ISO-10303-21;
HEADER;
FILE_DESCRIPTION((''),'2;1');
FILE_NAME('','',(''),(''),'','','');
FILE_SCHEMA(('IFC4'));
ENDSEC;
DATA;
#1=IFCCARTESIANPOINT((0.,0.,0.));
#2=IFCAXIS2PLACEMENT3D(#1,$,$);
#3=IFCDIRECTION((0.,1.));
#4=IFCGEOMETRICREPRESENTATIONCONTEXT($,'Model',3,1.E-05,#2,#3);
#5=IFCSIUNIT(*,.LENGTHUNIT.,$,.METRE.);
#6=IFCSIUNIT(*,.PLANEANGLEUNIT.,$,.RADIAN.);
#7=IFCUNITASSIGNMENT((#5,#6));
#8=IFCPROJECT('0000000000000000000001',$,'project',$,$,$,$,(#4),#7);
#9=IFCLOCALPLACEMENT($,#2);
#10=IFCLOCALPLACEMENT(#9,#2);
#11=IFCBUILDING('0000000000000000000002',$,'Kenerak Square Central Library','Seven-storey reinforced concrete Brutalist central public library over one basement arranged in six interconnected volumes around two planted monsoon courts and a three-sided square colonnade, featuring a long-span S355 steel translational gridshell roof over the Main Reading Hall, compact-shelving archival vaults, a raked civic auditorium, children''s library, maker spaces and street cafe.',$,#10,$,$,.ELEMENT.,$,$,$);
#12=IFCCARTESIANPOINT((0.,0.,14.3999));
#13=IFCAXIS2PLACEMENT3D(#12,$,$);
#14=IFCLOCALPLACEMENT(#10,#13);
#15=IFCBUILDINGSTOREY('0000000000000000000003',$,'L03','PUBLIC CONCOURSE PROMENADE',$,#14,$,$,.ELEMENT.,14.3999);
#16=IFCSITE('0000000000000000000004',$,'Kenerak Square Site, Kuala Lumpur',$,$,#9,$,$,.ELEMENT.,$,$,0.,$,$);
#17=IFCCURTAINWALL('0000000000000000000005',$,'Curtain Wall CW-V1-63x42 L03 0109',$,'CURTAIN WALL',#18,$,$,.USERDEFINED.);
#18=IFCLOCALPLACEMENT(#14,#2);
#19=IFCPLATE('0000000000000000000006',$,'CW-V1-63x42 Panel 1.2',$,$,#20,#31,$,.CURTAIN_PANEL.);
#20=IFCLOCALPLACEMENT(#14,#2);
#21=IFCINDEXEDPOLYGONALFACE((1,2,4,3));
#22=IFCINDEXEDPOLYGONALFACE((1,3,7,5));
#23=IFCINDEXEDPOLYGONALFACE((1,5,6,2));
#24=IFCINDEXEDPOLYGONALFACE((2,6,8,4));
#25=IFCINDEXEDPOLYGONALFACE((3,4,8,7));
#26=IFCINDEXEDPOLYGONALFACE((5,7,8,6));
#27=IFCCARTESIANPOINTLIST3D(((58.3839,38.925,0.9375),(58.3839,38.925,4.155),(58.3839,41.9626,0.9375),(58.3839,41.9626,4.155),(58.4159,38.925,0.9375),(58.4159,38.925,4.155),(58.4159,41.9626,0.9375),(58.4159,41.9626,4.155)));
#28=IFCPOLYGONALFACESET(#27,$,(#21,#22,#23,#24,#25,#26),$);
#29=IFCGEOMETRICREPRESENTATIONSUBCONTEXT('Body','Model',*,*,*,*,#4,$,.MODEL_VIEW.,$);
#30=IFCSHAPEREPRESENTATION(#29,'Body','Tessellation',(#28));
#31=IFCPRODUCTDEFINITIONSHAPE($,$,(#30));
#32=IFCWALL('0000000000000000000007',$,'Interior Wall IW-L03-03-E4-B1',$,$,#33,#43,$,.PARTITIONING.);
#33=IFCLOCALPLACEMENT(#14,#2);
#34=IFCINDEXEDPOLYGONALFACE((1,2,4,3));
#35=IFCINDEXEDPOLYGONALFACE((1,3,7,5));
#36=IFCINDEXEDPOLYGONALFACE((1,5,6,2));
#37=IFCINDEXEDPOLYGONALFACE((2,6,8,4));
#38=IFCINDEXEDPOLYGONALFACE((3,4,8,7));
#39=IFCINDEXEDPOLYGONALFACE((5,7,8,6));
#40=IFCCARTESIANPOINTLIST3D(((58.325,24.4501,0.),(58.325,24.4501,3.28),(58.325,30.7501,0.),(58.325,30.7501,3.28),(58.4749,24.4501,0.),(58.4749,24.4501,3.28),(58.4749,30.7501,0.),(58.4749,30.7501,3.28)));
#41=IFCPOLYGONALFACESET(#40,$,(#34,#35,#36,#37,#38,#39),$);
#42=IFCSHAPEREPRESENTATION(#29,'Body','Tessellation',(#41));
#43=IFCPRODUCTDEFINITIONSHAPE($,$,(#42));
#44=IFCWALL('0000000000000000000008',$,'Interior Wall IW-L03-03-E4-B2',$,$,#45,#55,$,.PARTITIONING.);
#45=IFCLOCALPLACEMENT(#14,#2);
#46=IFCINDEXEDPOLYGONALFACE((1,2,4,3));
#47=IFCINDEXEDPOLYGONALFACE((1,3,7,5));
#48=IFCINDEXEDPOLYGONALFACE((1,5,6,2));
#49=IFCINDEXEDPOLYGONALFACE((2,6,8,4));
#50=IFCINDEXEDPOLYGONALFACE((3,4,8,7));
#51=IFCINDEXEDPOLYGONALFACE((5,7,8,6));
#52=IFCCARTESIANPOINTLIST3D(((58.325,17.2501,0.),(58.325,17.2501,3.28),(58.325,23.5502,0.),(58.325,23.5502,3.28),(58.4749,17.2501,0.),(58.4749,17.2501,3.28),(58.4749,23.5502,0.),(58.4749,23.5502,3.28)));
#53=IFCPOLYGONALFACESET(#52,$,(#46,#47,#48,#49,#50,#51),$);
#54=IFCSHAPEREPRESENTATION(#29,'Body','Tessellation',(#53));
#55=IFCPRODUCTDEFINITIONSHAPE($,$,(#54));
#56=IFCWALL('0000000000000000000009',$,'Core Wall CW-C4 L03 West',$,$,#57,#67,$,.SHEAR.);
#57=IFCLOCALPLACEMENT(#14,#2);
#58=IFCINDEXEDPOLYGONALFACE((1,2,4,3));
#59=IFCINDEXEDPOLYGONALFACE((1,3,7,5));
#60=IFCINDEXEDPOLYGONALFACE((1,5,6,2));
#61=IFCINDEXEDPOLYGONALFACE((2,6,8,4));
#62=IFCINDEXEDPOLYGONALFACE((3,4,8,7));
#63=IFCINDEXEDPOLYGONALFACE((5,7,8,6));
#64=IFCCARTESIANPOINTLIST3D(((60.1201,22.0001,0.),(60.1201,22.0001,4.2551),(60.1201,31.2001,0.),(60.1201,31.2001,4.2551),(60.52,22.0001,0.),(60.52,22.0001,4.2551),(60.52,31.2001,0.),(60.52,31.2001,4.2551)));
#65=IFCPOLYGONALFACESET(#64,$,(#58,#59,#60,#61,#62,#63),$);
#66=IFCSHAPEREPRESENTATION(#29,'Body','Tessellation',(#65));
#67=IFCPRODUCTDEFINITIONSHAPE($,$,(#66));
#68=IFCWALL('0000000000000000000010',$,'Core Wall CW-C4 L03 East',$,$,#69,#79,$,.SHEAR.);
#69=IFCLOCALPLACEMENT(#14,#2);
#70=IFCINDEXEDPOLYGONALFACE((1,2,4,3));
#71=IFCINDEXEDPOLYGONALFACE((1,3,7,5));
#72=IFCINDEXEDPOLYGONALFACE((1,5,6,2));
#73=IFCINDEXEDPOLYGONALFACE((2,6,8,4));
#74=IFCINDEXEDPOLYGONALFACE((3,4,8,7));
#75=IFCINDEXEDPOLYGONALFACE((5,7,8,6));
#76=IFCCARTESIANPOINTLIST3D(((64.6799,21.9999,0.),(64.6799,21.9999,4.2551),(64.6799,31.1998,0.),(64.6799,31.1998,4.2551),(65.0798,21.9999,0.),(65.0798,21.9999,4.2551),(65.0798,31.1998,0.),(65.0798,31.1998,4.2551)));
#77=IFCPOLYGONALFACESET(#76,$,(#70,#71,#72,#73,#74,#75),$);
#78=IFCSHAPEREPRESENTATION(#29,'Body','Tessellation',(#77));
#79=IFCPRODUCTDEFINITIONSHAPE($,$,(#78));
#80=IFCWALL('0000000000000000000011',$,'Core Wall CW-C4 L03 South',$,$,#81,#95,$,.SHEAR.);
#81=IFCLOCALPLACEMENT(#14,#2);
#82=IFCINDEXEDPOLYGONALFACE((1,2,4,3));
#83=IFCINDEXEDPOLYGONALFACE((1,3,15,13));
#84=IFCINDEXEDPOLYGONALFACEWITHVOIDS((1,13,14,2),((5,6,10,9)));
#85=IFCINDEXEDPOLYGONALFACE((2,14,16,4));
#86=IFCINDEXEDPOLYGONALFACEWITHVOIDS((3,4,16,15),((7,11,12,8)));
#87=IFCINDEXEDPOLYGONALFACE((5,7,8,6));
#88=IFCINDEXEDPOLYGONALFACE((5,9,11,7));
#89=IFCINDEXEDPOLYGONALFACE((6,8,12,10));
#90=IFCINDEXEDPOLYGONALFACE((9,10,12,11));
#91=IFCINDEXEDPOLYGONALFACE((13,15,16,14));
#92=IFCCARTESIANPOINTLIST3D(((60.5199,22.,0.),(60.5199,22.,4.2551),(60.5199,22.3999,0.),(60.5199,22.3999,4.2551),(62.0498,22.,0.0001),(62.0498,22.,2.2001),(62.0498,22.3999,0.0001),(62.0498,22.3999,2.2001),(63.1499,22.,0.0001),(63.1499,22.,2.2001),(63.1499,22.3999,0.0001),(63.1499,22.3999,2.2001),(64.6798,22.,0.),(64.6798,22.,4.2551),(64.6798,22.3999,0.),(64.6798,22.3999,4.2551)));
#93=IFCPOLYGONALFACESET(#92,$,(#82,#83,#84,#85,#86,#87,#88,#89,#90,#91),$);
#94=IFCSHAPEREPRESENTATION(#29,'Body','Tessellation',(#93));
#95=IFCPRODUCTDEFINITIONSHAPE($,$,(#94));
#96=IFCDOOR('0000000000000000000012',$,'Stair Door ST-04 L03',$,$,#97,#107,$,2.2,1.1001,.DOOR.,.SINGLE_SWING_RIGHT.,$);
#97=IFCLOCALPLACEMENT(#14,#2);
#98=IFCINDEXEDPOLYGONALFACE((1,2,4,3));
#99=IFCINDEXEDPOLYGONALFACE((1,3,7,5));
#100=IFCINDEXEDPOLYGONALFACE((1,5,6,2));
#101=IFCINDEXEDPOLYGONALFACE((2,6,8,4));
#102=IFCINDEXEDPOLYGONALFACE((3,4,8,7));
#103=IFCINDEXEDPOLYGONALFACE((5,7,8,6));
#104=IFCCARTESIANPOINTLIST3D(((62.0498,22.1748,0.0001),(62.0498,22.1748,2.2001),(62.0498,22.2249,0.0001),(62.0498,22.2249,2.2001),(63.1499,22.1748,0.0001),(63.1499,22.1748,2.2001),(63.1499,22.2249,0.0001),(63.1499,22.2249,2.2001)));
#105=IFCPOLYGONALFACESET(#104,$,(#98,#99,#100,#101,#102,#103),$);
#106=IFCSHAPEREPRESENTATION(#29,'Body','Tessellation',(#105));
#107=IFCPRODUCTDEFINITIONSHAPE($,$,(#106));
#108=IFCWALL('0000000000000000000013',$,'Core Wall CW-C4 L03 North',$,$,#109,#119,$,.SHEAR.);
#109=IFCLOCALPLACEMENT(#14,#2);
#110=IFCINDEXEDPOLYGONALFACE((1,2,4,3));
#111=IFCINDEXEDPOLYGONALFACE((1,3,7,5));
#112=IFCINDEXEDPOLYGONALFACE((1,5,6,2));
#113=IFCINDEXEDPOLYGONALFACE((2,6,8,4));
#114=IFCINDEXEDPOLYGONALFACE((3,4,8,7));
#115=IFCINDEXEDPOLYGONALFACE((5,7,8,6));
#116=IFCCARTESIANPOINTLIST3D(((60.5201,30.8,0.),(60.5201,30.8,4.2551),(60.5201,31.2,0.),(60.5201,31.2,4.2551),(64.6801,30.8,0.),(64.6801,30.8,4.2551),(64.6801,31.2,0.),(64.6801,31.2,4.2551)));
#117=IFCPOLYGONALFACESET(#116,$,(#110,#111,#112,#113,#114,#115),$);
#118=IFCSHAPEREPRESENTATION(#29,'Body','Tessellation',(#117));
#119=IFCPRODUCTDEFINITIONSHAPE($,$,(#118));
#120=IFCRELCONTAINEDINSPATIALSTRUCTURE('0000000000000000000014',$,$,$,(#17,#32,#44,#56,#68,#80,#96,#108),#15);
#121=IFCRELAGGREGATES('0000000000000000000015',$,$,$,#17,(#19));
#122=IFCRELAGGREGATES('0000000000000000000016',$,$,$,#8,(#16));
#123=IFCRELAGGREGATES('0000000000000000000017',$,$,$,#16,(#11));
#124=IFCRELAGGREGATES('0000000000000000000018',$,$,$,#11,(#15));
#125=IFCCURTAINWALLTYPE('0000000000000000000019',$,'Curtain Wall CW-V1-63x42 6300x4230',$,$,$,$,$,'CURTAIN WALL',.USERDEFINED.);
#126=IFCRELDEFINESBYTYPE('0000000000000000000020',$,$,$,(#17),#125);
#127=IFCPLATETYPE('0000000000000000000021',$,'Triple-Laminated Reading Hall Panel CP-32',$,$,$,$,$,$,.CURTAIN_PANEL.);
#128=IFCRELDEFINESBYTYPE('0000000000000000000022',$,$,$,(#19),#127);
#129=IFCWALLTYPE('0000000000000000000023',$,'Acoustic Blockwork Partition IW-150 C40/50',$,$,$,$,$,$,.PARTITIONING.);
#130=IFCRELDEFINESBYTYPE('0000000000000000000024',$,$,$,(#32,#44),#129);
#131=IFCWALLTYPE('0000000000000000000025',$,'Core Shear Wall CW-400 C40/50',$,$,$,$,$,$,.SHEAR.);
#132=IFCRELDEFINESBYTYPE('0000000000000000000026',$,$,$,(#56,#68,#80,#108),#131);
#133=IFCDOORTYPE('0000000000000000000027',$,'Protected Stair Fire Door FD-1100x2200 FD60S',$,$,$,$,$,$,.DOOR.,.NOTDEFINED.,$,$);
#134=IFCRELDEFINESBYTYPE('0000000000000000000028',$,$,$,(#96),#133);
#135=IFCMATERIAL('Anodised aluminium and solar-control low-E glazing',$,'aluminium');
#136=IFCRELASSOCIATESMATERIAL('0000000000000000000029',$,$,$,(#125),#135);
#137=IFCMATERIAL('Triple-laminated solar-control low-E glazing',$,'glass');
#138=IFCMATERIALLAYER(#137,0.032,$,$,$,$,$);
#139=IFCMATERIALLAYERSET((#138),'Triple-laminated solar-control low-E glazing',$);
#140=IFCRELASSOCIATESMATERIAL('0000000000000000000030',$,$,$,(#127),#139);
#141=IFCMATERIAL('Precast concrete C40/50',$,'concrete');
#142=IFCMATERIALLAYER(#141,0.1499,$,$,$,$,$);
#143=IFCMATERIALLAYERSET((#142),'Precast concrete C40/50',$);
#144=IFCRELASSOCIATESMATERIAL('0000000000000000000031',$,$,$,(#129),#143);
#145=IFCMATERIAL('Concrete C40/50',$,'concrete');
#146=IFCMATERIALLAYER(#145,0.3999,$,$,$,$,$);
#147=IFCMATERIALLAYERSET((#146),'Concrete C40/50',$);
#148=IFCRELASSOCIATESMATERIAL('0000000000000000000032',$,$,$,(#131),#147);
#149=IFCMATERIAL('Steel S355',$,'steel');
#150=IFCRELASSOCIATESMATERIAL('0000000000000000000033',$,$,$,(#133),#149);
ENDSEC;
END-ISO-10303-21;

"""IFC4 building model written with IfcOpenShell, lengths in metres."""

from ifc_helpers import new_model, si_unit, direction, frame, frame_2d, origin, origin_2d, place, context, subcontext, project, spatial, rectangle, extrude, material, layer, layer_set, type_object, element, fill, aggregate, save


model = new_model("IFC4")

# Units and contexts
model_context = context("Model", 3, precision=1e-05, world=origin(), true_north=direction((0.0, 1.0)))
body_context = subcontext(model_context, "Body", "Model", "MODEL_VIEW")
ifc_project = project(units=[si_unit("LENGTHUNIT", "METRE"), si_unit("PLANEANGLEUNIT", "RADIAN")], contexts=[model_context])

# Site, building, storey
site_placement = place(None, origin())
site = spatial("IfcSite", under=ifc_project, at=site_placement, Name="Kenerak Square Site, Kuala Lumpur", CompositionType="ELEMENT", RefElevation=0.0)
building_placement = place(site_placement, origin())
building = spatial("IfcBuilding", under=site, at=building_placement, Name="Kenerak Square Central Library", Description="Seven-storey reinforced concrete Brutalist central public library over one basement arranged in six interconnected volumes around two planted monsoon courts and a three-sided square colonnade, featuring a long-span S355 steel translational gridshell roof over the Main Reading Hall, compact-shelving archival vaults, a raked civic auditorium, children's library, maker spaces and street cafe.", CompositionType="ELEMENT")
storey_placement = place(building_placement, frame((0.0, 0.0, 14.3999)))
storey = spatial("IfcBuildingStorey", under=building, at=storey_placement, Name="L03", Description="PUBLIC CONCOURSE PROMENADE", CompositionType="ELEMENT", Elevation=14.3999)

# Curtain wall
ifc_material_1 = material(Name="Anodised aluminium and solar-control low-E glazing", Category="aluminium")
curtain_wall_type = type_object("IfcCurtainWallType", Name="Curtain Wall CW-V1-63x42 6300x4230", ElementType="CURTAIN WALL", PredefinedType="USERDEFINED", material=ifc_material_1)
curtain_wall_placement = place(storey_placement, origin())
curtain_wall = element("IfcCurtainWall", 1, at=curtain_wall_placement, inside=storey, type_object=curtain_wall_type, Name="Curtain Wall CW-V1-63x42 L03 0109", ObjectType="CURTAIN WALL", PredefinedType="USERDEFINED")

# Plate
ifc_material_2 = material(Name="Steel S355", Category="steel")
ifc_material_3 = material(Name="Triple-laminated solar-control low-E glazing", Category="glass")
ifc_layer_1 = layer(ifc_material_3, 0.032)
ifc_layer_set_1 = layer_set([ifc_layer_1], Name="Triple-laminated solar-control low-E glazing")
plate_type_1 = type_object("IfcPlateType", Name="Triple-Laminated Reading Hall Panel CP-32", PredefinedType="CURTAIN_PANEL", material=ifc_layer_set_1)
plate_1_placement = place(storey_placement, frame((58.3999, 40.4438, 0.9375), z_axis=(0.0, 0.0, 1.0), x_axis=(0.0, 1.0, 0.0)))
plate_1 = element("IfcPlate", 2, at=plate_1_placement, type_object=plate_type_1, Name="CW-V1-63x42 Panel 1.2", PredefinedType="CURTAIN_PANEL", context=body_context, shape_type="SweptSolid", body=[
    extrude(rectangle(XDim=3.0376, YDim=0.032, at=origin_2d()), origin(), (0.0, 0.0, 1.0), 3.2175),
])
aggregate(curtain_wall, [plate_1])

# Walls
ifc_material_4 = material(Name="Precast concrete C40/50", Category="concrete")
ifc_layer_2 = layer(ifc_material_4, 0.1499)
ifc_layer_set_2 = layer_set([ifc_layer_2], Name="Precast concrete C40/50")
wall_type_1 = type_object("IfcWallType", Name="Acoustic Blockwork Partition IW-150 C40/50", PredefinedType="PARTITIONING", material=ifc_layer_set_2)
for number, where, z_axis, x_axis, name in (
    (3, (58.3999, 30.75, 0.0), (0.0, 0.0, 1.0), (0.0, -1.0, 0.0), "Interior Wall IW-L03-03-E4-B1"),
    (4, (58.3999, 23.55, 0.0), (0.0, 0.0, 1.0), (0.0, -1.0, 0.0), "Interior Wall IW-L03-03-E4-B2"),
):
    element("IfcWall", number, at=place(storey_placement, frame(where, z_axis=z_axis, x_axis=x_axis)), inside=storey, type_object=wall_type_1, Name=name, PredefinedType="PARTITIONING", context=body_context, shape_type="SweptSolid", body=[
        extrude(rectangle(XDim=6.3, YDim=0.1499, at=frame_2d((3.1499, 0.0))), origin(), (0.0, 0.0, 1.0), 3.28),
    ])
ifc_material_5 = material(Name="Concrete C40/50", Category="concrete")
ifc_layer_3 = layer(ifc_material_5, 0.3999)
ifc_layer_set_3 = layer_set([ifc_layer_3], Name="Concrete C40/50")
wall_type_2 = type_object("IfcWallType", Name="Core Shear Wall CW-400 C40/50", PredefinedType="SHEAR", material=ifc_layer_set_3)
for number, where, z_axis, x_axis, name in (
    (5, (60.3201, 22.0, 0.0), (0.0, 0.0, 1.0), (0.0, 1.0, 0.0), "Core Wall CW-C4 L03 West"),
    (6, (64.8799, 31.2, 0.0), (0.0, 0.0, 1.0), (0.0, -1.0, 0.0), "Core Wall CW-C4 L03 East"),
):
    element("IfcWall", number, at=place(storey_placement, frame(where, z_axis=z_axis, x_axis=x_axis)), inside=storey, type_object=wall_type_2, Name=name, PredefinedType="SHEAR", context=body_context, shape_type="SweptSolid", body=[
        extrude(rectangle(XDim=9.2, YDim=0.3999, at=frame_2d((4.6001, 0.0))), origin(), (0.0, 0.0, 1.0), 4.2551),
    ])

# Wall, opening, door
wall_1_placement = place(storey_placement, frame((64.6799, 22.2, 0.0), z_axis=(0.0, 0.0, 1.0), x_axis=(-1.0, 0.0, 0.0)))
wall_1 = element("IfcWall", 7, at=wall_1_placement, inside=storey, type_object=wall_type_2, Name="Core Wall CW-C4 L03 South", PredefinedType="SHEAR", context=body_context, shape_type="SweptSolid", body=[
    extrude(rectangle(XDim=4.1599, YDim=0.3999, at=frame_2d((2.0801, 0.0))), origin(), (0.0, 0.0, 1.0), 4.2551),
])
opening_placement = place(wall_1_placement, frame((1.53, 0.0, 0.0)))
opening = element("IfcOpeningElement", 8, at=opening_placement, cuts=wall_1, PredefinedType="OPENING", context=body_context, shape_type="SweptSolid", body=[
    extrude(rectangle(XDim=1.1001, YDim=2.2, at=frame_2d((0.55, 1.1001))), frame((0.0, 0.21, 0.0), z_axis=(0.0, -1.0, 0.0), x_axis=(1.0, 0.0, 0.0)), (0.0, 0.0, 1.0), 0.4199),
])
door_type = type_object("IfcDoorType", Name="Protected Stair Fire Door FD-1100x2200 FD60S", OperationType="NOTDEFINED", PredefinedType="DOOR", material=ifc_material_2)
door_placement = place(opening_placement, frame((1.1001, 0.0, 0.0), z_axis=(0.0, 0.0, 1.0), x_axis=(-1.0, 0.0, 0.0)))
door = element("IfcDoor", 9, at=door_placement, inside=storey, type_object=door_type, Name="Stair Door ST-04 L03", OperationType="SINGLE_SWING_RIGHT", OverallHeight=2.2, OverallWidth=1.1001, PredefinedType="DOOR", context=body_context, shape_type="SweptSolid", body=[
    extrude(rectangle(XDim=1.1001, YDim=2.2, at=frame_2d((0.55, 1.1001))), frame((0.0, 0.0249, 0.0), z_axis=(0.0, -1.0, 0.0), x_axis=(1.0, 0.0, 0.0)), (0.0, 0.0, 1.0), 0.05),
])
fill(opening, door)

# Wall
wall_2_placement = place(storey_placement, frame((60.52, 31.0, 0.0), z_axis=(0.0, 0.0, 1.0), x_axis=(1.0, 0.0, 0.0)))
element("IfcWall", 10, at=wall_2_placement, inside=storey, type_object=wall_type_2, Name="Core Wall CW-C4 L03 North", PredefinedType="SHEAR", context=body_context, shape_type="SweptSolid", body=[
    extrude(rectangle(XDim=4.1599, YDim=0.3999, at=frame_2d((2.0801, 0.0))), origin(), (0.0, 0.0, 1.0), 4.2551),
])

save(model, "model.ifc")
